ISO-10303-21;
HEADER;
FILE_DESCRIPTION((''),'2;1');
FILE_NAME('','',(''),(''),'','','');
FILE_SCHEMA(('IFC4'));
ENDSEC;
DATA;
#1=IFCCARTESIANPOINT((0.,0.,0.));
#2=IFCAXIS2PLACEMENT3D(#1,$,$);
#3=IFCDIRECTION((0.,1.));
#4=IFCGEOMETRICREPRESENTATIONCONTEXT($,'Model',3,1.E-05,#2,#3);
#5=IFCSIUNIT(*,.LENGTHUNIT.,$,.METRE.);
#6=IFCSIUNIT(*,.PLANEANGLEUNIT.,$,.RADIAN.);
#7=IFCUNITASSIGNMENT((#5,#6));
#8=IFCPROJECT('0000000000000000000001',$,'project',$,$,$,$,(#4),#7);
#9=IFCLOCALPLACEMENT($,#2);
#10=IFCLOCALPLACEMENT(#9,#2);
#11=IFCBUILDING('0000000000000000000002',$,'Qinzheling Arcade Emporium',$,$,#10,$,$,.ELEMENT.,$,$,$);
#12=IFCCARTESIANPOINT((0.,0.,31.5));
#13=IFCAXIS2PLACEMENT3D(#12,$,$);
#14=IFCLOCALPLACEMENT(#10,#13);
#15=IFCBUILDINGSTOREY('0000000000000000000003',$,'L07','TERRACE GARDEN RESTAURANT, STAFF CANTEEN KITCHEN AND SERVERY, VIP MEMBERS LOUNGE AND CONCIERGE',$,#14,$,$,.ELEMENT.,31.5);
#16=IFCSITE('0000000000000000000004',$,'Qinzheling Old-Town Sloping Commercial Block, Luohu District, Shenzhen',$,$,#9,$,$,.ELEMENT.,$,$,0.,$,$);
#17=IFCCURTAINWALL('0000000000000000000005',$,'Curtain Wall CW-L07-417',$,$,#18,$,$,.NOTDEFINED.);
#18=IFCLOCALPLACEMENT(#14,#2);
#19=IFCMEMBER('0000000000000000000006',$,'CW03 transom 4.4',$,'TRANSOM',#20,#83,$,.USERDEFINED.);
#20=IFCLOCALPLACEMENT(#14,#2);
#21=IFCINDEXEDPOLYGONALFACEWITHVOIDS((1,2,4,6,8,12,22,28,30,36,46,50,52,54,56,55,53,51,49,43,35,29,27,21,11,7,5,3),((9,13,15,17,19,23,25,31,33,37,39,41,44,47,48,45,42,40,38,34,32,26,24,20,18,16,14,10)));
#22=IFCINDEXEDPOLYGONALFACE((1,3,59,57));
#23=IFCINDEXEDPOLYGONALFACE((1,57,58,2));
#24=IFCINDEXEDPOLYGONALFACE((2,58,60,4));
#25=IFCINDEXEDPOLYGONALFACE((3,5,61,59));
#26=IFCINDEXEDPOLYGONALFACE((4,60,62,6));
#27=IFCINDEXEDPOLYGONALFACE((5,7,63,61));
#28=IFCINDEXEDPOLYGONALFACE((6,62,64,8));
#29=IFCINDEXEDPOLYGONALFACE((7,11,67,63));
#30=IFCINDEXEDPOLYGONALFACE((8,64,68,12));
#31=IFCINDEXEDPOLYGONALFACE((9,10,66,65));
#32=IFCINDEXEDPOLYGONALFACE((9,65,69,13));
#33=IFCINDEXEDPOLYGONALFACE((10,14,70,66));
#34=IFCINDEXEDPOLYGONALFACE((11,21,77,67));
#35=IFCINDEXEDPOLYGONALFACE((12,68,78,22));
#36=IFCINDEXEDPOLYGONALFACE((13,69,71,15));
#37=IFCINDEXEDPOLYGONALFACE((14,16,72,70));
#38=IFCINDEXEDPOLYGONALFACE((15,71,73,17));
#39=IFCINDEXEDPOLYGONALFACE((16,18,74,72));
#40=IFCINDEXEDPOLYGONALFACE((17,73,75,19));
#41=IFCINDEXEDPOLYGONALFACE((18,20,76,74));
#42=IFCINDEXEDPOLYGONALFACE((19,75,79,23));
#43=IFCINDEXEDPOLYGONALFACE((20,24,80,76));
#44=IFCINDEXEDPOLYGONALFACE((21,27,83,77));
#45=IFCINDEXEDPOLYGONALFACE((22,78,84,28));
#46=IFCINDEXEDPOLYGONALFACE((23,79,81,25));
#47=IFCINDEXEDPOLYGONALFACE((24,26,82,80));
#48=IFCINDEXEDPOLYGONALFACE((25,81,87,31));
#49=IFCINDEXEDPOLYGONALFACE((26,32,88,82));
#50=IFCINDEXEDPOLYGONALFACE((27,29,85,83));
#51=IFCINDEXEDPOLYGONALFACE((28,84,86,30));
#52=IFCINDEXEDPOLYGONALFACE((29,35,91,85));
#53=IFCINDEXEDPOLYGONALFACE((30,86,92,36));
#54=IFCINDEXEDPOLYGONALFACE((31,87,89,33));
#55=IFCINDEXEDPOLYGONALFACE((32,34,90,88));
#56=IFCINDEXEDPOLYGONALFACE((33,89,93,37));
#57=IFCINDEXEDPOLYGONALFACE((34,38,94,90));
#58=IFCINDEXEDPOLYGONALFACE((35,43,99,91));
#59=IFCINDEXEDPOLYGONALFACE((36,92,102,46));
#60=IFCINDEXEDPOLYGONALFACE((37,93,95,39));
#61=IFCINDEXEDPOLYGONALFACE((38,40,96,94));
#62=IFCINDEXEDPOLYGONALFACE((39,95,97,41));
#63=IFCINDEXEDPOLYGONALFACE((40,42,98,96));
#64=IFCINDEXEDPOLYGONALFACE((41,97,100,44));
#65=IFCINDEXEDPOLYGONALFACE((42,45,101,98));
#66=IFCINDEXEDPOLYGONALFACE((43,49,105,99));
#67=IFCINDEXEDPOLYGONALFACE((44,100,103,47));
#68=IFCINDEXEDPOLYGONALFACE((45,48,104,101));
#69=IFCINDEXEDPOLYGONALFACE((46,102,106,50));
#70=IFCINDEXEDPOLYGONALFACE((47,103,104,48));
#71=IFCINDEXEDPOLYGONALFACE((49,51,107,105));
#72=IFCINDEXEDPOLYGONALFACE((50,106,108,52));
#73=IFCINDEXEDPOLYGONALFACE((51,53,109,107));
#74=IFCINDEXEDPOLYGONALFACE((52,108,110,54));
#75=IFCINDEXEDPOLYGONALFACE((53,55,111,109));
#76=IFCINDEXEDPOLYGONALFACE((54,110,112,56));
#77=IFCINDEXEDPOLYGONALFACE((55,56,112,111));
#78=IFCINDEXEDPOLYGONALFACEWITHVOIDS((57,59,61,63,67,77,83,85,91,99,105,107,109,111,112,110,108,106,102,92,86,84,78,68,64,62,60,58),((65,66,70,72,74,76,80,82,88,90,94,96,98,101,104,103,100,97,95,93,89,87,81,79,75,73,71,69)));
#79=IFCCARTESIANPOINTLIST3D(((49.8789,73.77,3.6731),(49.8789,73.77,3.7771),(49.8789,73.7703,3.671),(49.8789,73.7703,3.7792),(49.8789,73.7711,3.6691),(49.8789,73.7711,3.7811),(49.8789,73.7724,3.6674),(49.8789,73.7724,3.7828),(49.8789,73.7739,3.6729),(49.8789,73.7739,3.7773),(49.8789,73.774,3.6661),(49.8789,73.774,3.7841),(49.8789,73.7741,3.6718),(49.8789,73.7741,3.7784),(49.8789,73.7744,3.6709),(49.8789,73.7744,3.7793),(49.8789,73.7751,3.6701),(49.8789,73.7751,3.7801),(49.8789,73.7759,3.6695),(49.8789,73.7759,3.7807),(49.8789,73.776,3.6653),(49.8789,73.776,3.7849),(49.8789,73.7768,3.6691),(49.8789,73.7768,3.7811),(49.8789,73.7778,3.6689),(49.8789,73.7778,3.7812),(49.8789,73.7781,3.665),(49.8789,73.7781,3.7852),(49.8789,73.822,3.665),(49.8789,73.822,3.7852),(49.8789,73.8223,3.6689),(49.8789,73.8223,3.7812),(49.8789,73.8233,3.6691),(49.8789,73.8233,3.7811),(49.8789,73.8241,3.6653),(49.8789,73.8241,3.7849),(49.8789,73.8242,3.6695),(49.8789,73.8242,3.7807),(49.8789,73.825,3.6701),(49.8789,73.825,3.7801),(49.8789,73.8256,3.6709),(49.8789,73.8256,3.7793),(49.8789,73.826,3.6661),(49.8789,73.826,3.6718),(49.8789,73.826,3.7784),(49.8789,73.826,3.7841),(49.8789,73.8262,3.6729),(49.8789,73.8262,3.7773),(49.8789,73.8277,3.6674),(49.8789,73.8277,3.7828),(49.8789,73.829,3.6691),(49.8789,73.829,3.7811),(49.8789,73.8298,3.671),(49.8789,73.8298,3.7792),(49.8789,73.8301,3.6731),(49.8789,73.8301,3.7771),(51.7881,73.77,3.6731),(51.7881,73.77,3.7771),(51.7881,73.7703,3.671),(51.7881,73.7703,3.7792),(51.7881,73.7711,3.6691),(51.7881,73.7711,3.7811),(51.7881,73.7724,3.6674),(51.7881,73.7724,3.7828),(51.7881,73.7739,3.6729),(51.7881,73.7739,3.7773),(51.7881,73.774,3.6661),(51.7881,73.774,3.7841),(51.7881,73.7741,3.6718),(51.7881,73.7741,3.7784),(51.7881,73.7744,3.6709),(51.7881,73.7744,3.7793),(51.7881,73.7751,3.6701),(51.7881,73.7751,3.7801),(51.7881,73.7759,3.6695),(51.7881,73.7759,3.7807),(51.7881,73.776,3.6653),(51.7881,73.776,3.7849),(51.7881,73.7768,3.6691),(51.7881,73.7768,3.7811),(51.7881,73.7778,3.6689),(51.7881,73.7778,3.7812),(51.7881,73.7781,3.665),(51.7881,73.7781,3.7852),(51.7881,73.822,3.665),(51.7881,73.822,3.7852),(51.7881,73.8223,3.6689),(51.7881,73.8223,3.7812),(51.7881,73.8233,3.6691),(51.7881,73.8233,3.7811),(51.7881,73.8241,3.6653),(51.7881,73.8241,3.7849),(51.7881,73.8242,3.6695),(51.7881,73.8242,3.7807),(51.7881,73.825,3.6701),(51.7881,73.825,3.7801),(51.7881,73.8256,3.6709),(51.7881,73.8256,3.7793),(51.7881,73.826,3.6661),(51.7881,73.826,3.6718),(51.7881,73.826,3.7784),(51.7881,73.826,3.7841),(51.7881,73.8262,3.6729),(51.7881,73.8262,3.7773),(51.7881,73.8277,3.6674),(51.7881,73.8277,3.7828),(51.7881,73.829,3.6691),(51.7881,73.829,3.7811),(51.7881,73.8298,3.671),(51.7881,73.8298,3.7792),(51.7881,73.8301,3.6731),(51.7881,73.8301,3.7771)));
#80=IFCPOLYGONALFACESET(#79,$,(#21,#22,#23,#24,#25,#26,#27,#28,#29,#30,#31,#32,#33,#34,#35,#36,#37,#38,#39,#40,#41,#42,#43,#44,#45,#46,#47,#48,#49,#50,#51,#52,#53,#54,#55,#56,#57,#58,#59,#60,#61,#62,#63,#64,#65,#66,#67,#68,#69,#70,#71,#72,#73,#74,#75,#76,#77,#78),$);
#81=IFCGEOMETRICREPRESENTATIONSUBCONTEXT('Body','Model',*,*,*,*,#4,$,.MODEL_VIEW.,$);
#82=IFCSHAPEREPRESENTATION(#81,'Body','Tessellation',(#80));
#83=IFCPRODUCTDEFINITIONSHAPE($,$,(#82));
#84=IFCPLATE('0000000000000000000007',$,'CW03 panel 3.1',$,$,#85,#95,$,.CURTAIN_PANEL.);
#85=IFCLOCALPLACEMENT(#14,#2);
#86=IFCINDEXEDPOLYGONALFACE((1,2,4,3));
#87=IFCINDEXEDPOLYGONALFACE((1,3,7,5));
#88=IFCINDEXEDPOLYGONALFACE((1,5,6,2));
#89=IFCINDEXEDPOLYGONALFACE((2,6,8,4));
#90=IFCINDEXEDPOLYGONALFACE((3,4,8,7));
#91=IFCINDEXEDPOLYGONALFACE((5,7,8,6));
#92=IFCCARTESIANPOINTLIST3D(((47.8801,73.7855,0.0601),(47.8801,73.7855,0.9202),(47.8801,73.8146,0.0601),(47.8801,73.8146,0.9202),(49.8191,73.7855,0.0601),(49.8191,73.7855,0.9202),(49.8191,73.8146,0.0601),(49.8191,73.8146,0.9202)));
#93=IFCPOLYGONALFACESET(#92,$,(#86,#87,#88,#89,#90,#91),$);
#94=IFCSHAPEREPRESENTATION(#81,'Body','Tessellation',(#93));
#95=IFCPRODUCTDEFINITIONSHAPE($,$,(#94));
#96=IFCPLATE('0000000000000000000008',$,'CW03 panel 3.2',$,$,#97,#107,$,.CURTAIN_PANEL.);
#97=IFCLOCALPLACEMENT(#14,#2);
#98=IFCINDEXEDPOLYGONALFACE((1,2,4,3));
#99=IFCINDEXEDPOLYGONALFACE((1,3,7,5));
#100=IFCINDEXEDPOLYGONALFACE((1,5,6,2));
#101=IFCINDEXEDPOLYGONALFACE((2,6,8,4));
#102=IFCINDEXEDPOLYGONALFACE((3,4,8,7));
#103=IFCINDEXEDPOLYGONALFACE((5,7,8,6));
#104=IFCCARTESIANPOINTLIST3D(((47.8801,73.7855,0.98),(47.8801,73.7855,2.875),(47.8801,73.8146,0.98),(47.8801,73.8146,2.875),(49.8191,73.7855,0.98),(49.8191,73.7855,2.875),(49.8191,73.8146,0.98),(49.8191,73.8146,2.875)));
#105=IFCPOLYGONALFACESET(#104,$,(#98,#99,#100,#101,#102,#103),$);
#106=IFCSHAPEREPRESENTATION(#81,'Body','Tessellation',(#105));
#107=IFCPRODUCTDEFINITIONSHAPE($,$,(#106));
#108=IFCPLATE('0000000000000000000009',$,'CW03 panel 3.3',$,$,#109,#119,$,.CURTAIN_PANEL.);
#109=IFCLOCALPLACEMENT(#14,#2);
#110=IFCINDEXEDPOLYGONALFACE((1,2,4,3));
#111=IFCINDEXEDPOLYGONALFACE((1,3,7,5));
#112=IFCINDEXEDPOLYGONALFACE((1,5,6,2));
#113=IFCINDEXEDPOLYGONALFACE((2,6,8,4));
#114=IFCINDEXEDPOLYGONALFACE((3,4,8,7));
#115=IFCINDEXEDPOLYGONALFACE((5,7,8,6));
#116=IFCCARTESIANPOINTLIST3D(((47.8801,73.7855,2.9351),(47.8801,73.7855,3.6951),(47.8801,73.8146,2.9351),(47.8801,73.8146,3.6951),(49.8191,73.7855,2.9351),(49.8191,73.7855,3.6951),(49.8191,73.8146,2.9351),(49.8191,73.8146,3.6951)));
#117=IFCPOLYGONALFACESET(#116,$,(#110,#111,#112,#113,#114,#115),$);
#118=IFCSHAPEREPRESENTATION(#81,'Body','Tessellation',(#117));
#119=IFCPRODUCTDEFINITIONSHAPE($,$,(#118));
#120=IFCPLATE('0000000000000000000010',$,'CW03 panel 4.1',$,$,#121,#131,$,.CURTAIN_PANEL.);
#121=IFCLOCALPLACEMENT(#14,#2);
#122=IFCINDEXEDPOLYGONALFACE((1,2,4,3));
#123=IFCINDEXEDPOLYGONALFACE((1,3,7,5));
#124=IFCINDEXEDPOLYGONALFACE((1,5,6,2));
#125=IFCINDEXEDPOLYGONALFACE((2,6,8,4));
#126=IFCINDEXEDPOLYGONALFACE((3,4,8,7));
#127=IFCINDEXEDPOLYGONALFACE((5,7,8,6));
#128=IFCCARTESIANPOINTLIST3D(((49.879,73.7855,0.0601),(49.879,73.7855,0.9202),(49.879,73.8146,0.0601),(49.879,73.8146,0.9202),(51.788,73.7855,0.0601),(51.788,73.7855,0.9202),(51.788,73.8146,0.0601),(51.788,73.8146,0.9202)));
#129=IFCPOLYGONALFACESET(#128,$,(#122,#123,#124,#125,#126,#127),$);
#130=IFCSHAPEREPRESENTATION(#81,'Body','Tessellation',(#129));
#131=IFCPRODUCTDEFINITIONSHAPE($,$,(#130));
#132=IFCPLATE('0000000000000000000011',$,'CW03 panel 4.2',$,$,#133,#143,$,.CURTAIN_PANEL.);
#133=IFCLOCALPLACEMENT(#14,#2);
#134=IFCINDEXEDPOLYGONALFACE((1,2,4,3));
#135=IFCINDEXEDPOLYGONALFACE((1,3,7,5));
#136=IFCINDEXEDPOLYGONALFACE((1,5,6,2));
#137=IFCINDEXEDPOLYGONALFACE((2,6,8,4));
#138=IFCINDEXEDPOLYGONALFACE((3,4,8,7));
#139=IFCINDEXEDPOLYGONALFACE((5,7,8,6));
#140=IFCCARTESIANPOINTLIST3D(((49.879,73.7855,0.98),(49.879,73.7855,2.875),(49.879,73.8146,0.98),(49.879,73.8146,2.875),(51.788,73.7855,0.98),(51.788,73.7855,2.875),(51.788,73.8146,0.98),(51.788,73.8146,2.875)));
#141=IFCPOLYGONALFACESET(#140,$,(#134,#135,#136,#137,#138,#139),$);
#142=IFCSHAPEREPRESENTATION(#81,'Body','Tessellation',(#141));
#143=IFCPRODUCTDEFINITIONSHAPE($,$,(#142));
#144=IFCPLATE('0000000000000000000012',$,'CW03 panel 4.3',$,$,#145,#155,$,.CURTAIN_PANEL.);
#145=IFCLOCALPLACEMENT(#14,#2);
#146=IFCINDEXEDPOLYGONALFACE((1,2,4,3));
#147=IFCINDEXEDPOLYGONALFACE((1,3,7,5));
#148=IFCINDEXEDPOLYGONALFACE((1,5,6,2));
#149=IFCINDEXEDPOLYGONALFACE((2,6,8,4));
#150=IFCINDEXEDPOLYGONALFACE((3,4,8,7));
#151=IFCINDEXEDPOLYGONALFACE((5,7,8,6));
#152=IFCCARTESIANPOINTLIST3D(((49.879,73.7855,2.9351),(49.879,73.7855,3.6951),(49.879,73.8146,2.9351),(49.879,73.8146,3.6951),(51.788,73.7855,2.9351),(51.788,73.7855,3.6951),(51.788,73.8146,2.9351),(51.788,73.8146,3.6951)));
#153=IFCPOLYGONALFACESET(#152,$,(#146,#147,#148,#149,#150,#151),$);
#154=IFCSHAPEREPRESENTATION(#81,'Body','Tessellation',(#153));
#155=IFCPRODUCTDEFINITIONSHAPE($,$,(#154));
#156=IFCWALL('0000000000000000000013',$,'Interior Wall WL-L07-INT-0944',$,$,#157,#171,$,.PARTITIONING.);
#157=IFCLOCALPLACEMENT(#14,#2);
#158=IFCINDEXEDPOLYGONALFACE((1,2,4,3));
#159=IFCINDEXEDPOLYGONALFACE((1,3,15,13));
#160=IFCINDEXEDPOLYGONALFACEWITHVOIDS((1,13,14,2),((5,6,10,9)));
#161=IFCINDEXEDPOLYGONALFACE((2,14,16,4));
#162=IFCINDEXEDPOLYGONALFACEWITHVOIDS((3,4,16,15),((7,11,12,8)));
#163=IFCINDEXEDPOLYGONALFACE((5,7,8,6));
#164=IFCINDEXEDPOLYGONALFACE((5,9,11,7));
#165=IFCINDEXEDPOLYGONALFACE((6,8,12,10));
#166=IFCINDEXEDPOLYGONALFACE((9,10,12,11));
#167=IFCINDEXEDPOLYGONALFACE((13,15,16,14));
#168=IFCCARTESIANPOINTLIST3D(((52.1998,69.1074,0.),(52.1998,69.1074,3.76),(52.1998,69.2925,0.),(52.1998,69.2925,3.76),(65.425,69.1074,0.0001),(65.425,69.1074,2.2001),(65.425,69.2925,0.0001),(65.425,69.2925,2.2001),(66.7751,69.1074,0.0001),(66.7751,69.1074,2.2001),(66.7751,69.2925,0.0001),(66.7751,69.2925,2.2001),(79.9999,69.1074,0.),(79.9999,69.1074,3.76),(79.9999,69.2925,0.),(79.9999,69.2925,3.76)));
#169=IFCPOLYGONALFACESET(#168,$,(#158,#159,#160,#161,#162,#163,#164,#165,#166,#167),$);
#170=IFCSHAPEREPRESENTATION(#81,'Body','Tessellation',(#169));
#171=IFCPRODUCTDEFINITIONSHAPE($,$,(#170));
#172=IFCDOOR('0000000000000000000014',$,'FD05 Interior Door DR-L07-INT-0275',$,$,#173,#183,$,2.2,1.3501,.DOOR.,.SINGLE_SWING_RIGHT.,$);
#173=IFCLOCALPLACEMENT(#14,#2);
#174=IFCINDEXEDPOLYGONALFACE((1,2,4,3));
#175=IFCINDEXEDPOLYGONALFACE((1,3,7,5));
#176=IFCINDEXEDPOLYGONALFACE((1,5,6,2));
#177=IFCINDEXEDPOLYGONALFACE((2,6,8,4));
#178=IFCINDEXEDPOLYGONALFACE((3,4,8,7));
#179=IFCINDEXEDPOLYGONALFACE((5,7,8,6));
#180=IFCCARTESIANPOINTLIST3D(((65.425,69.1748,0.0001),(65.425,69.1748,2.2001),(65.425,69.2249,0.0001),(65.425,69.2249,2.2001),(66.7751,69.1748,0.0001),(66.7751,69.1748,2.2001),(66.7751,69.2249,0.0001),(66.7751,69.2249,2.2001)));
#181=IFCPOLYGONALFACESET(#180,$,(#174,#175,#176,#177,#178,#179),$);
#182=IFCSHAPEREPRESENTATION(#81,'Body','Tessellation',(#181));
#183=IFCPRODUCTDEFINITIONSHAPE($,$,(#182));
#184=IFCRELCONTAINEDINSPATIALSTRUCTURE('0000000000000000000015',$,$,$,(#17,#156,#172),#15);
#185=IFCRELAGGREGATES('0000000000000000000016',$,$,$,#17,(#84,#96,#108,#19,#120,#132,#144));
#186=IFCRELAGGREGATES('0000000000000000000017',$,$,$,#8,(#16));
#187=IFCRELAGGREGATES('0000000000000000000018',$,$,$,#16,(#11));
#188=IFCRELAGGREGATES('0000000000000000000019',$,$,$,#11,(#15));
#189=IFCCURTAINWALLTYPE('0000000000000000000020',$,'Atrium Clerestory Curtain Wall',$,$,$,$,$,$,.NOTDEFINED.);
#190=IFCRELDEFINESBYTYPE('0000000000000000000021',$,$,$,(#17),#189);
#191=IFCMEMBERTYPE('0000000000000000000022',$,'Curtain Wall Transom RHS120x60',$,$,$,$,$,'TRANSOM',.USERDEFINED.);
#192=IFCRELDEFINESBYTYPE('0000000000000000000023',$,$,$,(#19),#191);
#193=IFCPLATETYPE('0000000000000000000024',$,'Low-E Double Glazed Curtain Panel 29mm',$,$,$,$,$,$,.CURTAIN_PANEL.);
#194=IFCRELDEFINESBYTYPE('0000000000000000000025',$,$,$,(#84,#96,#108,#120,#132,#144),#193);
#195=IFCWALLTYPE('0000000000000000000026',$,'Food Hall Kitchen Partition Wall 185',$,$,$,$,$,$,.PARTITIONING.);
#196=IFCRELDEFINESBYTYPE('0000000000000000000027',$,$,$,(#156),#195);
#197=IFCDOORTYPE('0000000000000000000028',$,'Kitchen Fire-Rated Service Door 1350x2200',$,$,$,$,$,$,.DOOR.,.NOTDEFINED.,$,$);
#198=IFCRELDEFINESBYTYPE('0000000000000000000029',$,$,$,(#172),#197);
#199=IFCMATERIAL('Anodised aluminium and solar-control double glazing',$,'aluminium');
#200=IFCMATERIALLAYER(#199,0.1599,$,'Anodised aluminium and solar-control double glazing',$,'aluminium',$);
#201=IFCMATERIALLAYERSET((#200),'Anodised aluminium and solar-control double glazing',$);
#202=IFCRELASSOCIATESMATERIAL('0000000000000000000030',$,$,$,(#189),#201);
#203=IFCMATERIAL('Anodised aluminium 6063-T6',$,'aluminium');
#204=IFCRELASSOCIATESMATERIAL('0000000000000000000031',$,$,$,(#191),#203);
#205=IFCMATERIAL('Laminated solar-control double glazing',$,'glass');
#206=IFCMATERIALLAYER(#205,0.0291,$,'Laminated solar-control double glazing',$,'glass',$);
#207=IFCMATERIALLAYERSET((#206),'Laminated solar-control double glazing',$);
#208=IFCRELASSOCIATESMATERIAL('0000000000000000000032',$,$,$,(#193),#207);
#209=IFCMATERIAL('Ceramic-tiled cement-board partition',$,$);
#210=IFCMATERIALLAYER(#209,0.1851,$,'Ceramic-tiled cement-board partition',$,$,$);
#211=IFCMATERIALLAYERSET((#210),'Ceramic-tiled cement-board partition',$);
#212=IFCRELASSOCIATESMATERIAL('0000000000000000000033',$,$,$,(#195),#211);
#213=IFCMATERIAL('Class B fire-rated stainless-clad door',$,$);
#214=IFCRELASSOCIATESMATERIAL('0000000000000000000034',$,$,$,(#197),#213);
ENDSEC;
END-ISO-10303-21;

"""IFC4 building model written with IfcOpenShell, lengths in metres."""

from ifc_helpers import new_model, si_unit, direction, frame, frame_2d, origin, origin_2d, place, context, subcontext, project, spatial, rectangle, hollow_rectangle, extrude, material, layer, layer_set, material_profile, profile_set, type_object, element, fill, aggregate, save


model = new_model("IFC4")

# Units and contexts
model_context = context("Model", 3, precision=1e-05, world=origin(), true_north=direction((0.0, 1.0)))
body_context = subcontext(model_context, "Body", "Model", "MODEL_VIEW")
ifc_project = project(units=[si_unit("LENGTHUNIT", "METRE"), si_unit("PLANEANGLEUNIT", "RADIAN")], contexts=[model_context])

# Site, building, storey
site_placement = place(None, origin())
site = spatial("IfcSite", under=ifc_project, at=site_placement, Name="Qinzheling Old-Town Sloping Commercial Block, Luohu District, Shenzhen", CompositionType="ELEMENT", RefElevation=0.0)
building_placement = place(site_placement, origin())
building = spatial("IfcBuilding", under=site, at=building_placement, Name="Qinzheling Arcade Emporium", CompositionType="ELEMENT")
storey_placement = place(building_placement, frame((0.0, 0.0, 31.5)))
storey = spatial("IfcBuildingStorey", under=building, at=storey_placement, Name="L07", Description="TERRACE GARDEN RESTAURANT, STAFF CANTEEN KITCHEN AND SERVERY, VIP MEMBERS LOUNGE AND CONCIERGE", CompositionType="ELEMENT", Elevation=31.5)

# Curtain wall, member, plates
ifc_material_1 = material(Name="Anodised aluminium and solar-control double glazing", Category="aluminium")
ifc_layer_1 = layer(ifc_material_1, 0.1599, Name="Anodised aluminium and solar-control double glazing", Category="aluminium")
ifc_layer_set_1 = layer_set([ifc_layer_1], Name="Anodised aluminium and solar-control double glazing")
curtain_wall_type = type_object("IfcCurtainWallType", Name="Atrium Clerestory Curtain Wall", PredefinedType="NOTDEFINED", material=ifc_layer_set_1)
curtain_wall_placement = place(storey_placement, origin())
curtain_wall = element("IfcCurtainWall", 1, at=curtain_wall_placement, inside=storey, type_object=curtain_wall_type, Name="Curtain Wall CW-L07-417", PredefinedType="NOTDEFINED")
ifc_material_2 = material(Name="Anodised aluminium 6063-T6", Category="aluminium")
ifc_material_profile_1 = material_profile(ifc_material_2, hollow_rectangle(XDim=0.0601, YDim=0.1201, WallThickness=0.0039, InnerFilletRadius=0.0039, OuterFilletRadius=0.0081, at=origin_2d()), Name="RHS 120x60x4", Category="aluminium")
ifc_profile_set_1 = profile_set([ifc_material_profile_1], Name="Anodised aluminium 6063-T6")
member_type_1 = type_object("IfcMemberType", Name="Curtain Wall Transom RHS120x60", ElementType="TRANSOM", PredefinedType="USERDEFINED", material=ifc_profile_set_1)
member_1_placement = place(storey_placement, frame((49.8789, 73.8, 3.7251), z_axis=(1.0, 0.0, 0.0), x_axis=(0.0, 1.0, 0.0)))
member_1 = element("IfcMember", 2, at=member_1_placement, type_object=member_type_1, Name="CW03 transom 4.4", ObjectType="TRANSOM", PredefinedType="USERDEFINED", context=body_context, shape_type="SweptSolid", body=[
    extrude(hollow_rectangle(XDim=0.0601, YDim=0.1201, WallThickness=0.0039, InnerFilletRadius=0.0039, OuterFilletRadius=0.0081, at=origin_2d()), origin(), (0.0, 0.0, 1.0), 1.9092),
])
ifc_material_3 = material(Name="Laminated solar-control double glazing", Category="glass")
ifc_layer_2 = layer(ifc_material_3, 0.0291, Name="Laminated solar-control double glazing", Category="glass")
ifc_layer_set_2 = layer_set([ifc_layer_2], Name="Laminated solar-control double glazing")
plate_type = type_object("IfcPlateType", Name="Low-E Double Glazed Curtain Panel 29mm", PredefinedType="CURTAIN_PANEL", material=ifc_layer_set_2)
plate_1_placement = place(storey_placement, frame((48.8496, 73.8, 0.0601), z_axis=(0.0, 0.0, 1.0), x_axis=(1.0, 0.0, 0.0)))
plate_1 = element("IfcPlate", 3, at=plate_1_placement, type_object=plate_type, Name="CW03 panel 3.1", PredefinedType="CURTAIN_PANEL", context=body_context, shape_type="SweptSolid", body=[
    extrude(rectangle(XDim=1.939, YDim=0.0291, at=origin_2d()), origin(), (0.0, 0.0, 1.0), 0.8601),
])
plate_2_placement = place(storey_placement, frame((48.8496, 73.8, 0.98), z_axis=(0.0, 0.0, 1.0), x_axis=(1.0, 0.0, 0.0)))
plate_2 = element("IfcPlate", 4, at=plate_2_placement, type_object=plate_type, Name="CW03 panel 3.2", PredefinedType="CURTAIN_PANEL", context=body_context, shape_type="SweptSolid", body=[
    extrude(rectangle(XDim=1.939, YDim=0.0291, at=origin_2d()), origin(), (0.0, 0.0, 1.0), 1.895),
])
plate_3_placement = place(storey_placement, frame((48.8496, 73.8, 2.9351), z_axis=(0.0, 0.0, 1.0), x_axis=(1.0, 0.0, 0.0)))
plate_3 = element("IfcPlate", 5, at=plate_3_placement, type_object=plate_type, Name="CW03 panel 3.3", PredefinedType="CURTAIN_PANEL", context=body_context, shape_type="SweptSolid", body=[
    extrude(rectangle(XDim=1.939, YDim=0.0291, at=origin_2d()), origin(), (0.0, 0.0, 1.0), 0.76),
])
plate_4_placement = place(storey_placement, frame((50.8335, 73.8, 0.0601), z_axis=(0.0, 0.0, 1.0), x_axis=(1.0, 0.0, 0.0)))
plate_4 = element("IfcPlate", 6, at=plate_4_placement, type_object=plate_type, Name="CW03 panel 4.1", PredefinedType="CURTAIN_PANEL", context=body_context, shape_type="SweptSolid", body=[
    extrude(rectangle(XDim=1.9089, YDim=0.0291, at=origin_2d()), origin(), (0.0, 0.0, 1.0), 0.8601),
])
plate_5_placement = place(storey_placement, frame((50.8335, 73.8, 0.98), z_axis=(0.0, 0.0, 1.0), x_axis=(1.0, 0.0, 0.0)))
plate_5 = element("IfcPlate", 7, at=plate_5_placement, type_object=plate_type, Name="CW03 panel 4.2", PredefinedType="CURTAIN_PANEL", context=body_context, shape_type="SweptSolid", body=[
    extrude(rectangle(XDim=1.9089, YDim=0.0291, at=origin_2d()), origin(), (0.0, 0.0, 1.0), 1.895),
])
plate_6_placement = place(storey_placement, frame((50.8335, 73.8, 2.9351), z_axis=(0.0, 0.0, 1.0), x_axis=(1.0, 0.0, 0.0)))
plate_6 = element("IfcPlate", 8, at=plate_6_placement, type_object=plate_type, Name="CW03 panel 4.3", PredefinedType="CURTAIN_PANEL", context=body_context, shape_type="SweptSolid", body=[
    extrude(rectangle(XDim=1.9089, YDim=0.0291, at=origin_2d()), origin(), (0.0, 0.0, 1.0), 0.76),
])
aggregate(curtain_wall, [plate_1, plate_2, plate_3, member_1, plate_4, plate_5, plate_6])

# Wall, opening, door
ifc_material_4 = material(Name="Ceramic-tiled cement-board partition")
ifc_layer_3 = layer(ifc_material_4, 0.1851, Name="Ceramic-tiled cement-board partition")
ifc_layer_set_3 = layer_set([ifc_layer_3], Name="Ceramic-tiled cement-board partition")
wall_type_1 = type_object("IfcWallType", Name="Food Hall Kitchen Partition Wall 185", PredefinedType="PARTITIONING", material=ifc_layer_set_3)
wall_1_placement = place(storey_placement, frame((52.2, 69.2, 0.0), z_axis=(0.0, 0.0, 1.0), x_axis=(1.0, 0.0, 0.0)))
wall_1 = element("IfcWall", 9, at=wall_1_placement, inside=storey, type_object=wall_type_1, Name="Interior Wall WL-L07-INT-0944", PredefinedType="PARTITIONING", context=body_context, shape_type="SweptSolid", body=[
    extrude(rectangle(XDim=27.8, YDim=0.1851, at=frame_2d((13.8999, 0.0))), origin(), (0.0, 0.0, 1.0), 3.76),
])
opening_1_placement = place(wall_1_placement, frame((13.2251, 0.0, 0.0)))
opening_1 = element("IfcOpeningElement", 10, at=opening_1_placement, cuts=wall_1, PredefinedType="OPENING", context=body_context, shape_type="SweptSolid", body=[
    extrude(rectangle(XDim=1.3501, YDim=2.2, at=frame_2d((0.675, 1.1001))), frame((0.0, 0.1025, 0.0), z_axis=(0.0, -1.0, 0.0), x_axis=(1.0, 0.0, 0.0)), (0.0, 0.0, 1.0), 0.2051),
])
ifc_material_5 = material(Name="Class B fire-rated stainless-clad door")
door_type_1 = type_object("IfcDoorType", Name="Kitchen Fire-Rated Service Door 1350x2200", OperationType="NOTDEFINED", PredefinedType="DOOR", material=ifc_material_5)
door_1_placement = place(opening_1_placement, origin())
door_1 = element("IfcDoor", 11, at=door_1_placement, inside=storey, type_object=door_type_1, Name="FD05 Interior Door DR-L07-INT-0275", OperationType="SINGLE_SWING_RIGHT", OverallHeight=2.2, OverallWidth=1.3501, PredefinedType="DOOR", context=body_context, shape_type="SweptSolid", body=[
    extrude(rectangle(XDim=1.3501, YDim=2.2, at=frame_2d((0.675, 1.1001))), frame((0.0, 0.0249, 0.0), z_axis=(0.0, -1.0, 0.0), x_axis=(1.0, 0.0, 0.0)), (0.0, 0.0, 1.0), 0.05),
])
fill(opening_1, door_1)

save(model, "model.ifc")
